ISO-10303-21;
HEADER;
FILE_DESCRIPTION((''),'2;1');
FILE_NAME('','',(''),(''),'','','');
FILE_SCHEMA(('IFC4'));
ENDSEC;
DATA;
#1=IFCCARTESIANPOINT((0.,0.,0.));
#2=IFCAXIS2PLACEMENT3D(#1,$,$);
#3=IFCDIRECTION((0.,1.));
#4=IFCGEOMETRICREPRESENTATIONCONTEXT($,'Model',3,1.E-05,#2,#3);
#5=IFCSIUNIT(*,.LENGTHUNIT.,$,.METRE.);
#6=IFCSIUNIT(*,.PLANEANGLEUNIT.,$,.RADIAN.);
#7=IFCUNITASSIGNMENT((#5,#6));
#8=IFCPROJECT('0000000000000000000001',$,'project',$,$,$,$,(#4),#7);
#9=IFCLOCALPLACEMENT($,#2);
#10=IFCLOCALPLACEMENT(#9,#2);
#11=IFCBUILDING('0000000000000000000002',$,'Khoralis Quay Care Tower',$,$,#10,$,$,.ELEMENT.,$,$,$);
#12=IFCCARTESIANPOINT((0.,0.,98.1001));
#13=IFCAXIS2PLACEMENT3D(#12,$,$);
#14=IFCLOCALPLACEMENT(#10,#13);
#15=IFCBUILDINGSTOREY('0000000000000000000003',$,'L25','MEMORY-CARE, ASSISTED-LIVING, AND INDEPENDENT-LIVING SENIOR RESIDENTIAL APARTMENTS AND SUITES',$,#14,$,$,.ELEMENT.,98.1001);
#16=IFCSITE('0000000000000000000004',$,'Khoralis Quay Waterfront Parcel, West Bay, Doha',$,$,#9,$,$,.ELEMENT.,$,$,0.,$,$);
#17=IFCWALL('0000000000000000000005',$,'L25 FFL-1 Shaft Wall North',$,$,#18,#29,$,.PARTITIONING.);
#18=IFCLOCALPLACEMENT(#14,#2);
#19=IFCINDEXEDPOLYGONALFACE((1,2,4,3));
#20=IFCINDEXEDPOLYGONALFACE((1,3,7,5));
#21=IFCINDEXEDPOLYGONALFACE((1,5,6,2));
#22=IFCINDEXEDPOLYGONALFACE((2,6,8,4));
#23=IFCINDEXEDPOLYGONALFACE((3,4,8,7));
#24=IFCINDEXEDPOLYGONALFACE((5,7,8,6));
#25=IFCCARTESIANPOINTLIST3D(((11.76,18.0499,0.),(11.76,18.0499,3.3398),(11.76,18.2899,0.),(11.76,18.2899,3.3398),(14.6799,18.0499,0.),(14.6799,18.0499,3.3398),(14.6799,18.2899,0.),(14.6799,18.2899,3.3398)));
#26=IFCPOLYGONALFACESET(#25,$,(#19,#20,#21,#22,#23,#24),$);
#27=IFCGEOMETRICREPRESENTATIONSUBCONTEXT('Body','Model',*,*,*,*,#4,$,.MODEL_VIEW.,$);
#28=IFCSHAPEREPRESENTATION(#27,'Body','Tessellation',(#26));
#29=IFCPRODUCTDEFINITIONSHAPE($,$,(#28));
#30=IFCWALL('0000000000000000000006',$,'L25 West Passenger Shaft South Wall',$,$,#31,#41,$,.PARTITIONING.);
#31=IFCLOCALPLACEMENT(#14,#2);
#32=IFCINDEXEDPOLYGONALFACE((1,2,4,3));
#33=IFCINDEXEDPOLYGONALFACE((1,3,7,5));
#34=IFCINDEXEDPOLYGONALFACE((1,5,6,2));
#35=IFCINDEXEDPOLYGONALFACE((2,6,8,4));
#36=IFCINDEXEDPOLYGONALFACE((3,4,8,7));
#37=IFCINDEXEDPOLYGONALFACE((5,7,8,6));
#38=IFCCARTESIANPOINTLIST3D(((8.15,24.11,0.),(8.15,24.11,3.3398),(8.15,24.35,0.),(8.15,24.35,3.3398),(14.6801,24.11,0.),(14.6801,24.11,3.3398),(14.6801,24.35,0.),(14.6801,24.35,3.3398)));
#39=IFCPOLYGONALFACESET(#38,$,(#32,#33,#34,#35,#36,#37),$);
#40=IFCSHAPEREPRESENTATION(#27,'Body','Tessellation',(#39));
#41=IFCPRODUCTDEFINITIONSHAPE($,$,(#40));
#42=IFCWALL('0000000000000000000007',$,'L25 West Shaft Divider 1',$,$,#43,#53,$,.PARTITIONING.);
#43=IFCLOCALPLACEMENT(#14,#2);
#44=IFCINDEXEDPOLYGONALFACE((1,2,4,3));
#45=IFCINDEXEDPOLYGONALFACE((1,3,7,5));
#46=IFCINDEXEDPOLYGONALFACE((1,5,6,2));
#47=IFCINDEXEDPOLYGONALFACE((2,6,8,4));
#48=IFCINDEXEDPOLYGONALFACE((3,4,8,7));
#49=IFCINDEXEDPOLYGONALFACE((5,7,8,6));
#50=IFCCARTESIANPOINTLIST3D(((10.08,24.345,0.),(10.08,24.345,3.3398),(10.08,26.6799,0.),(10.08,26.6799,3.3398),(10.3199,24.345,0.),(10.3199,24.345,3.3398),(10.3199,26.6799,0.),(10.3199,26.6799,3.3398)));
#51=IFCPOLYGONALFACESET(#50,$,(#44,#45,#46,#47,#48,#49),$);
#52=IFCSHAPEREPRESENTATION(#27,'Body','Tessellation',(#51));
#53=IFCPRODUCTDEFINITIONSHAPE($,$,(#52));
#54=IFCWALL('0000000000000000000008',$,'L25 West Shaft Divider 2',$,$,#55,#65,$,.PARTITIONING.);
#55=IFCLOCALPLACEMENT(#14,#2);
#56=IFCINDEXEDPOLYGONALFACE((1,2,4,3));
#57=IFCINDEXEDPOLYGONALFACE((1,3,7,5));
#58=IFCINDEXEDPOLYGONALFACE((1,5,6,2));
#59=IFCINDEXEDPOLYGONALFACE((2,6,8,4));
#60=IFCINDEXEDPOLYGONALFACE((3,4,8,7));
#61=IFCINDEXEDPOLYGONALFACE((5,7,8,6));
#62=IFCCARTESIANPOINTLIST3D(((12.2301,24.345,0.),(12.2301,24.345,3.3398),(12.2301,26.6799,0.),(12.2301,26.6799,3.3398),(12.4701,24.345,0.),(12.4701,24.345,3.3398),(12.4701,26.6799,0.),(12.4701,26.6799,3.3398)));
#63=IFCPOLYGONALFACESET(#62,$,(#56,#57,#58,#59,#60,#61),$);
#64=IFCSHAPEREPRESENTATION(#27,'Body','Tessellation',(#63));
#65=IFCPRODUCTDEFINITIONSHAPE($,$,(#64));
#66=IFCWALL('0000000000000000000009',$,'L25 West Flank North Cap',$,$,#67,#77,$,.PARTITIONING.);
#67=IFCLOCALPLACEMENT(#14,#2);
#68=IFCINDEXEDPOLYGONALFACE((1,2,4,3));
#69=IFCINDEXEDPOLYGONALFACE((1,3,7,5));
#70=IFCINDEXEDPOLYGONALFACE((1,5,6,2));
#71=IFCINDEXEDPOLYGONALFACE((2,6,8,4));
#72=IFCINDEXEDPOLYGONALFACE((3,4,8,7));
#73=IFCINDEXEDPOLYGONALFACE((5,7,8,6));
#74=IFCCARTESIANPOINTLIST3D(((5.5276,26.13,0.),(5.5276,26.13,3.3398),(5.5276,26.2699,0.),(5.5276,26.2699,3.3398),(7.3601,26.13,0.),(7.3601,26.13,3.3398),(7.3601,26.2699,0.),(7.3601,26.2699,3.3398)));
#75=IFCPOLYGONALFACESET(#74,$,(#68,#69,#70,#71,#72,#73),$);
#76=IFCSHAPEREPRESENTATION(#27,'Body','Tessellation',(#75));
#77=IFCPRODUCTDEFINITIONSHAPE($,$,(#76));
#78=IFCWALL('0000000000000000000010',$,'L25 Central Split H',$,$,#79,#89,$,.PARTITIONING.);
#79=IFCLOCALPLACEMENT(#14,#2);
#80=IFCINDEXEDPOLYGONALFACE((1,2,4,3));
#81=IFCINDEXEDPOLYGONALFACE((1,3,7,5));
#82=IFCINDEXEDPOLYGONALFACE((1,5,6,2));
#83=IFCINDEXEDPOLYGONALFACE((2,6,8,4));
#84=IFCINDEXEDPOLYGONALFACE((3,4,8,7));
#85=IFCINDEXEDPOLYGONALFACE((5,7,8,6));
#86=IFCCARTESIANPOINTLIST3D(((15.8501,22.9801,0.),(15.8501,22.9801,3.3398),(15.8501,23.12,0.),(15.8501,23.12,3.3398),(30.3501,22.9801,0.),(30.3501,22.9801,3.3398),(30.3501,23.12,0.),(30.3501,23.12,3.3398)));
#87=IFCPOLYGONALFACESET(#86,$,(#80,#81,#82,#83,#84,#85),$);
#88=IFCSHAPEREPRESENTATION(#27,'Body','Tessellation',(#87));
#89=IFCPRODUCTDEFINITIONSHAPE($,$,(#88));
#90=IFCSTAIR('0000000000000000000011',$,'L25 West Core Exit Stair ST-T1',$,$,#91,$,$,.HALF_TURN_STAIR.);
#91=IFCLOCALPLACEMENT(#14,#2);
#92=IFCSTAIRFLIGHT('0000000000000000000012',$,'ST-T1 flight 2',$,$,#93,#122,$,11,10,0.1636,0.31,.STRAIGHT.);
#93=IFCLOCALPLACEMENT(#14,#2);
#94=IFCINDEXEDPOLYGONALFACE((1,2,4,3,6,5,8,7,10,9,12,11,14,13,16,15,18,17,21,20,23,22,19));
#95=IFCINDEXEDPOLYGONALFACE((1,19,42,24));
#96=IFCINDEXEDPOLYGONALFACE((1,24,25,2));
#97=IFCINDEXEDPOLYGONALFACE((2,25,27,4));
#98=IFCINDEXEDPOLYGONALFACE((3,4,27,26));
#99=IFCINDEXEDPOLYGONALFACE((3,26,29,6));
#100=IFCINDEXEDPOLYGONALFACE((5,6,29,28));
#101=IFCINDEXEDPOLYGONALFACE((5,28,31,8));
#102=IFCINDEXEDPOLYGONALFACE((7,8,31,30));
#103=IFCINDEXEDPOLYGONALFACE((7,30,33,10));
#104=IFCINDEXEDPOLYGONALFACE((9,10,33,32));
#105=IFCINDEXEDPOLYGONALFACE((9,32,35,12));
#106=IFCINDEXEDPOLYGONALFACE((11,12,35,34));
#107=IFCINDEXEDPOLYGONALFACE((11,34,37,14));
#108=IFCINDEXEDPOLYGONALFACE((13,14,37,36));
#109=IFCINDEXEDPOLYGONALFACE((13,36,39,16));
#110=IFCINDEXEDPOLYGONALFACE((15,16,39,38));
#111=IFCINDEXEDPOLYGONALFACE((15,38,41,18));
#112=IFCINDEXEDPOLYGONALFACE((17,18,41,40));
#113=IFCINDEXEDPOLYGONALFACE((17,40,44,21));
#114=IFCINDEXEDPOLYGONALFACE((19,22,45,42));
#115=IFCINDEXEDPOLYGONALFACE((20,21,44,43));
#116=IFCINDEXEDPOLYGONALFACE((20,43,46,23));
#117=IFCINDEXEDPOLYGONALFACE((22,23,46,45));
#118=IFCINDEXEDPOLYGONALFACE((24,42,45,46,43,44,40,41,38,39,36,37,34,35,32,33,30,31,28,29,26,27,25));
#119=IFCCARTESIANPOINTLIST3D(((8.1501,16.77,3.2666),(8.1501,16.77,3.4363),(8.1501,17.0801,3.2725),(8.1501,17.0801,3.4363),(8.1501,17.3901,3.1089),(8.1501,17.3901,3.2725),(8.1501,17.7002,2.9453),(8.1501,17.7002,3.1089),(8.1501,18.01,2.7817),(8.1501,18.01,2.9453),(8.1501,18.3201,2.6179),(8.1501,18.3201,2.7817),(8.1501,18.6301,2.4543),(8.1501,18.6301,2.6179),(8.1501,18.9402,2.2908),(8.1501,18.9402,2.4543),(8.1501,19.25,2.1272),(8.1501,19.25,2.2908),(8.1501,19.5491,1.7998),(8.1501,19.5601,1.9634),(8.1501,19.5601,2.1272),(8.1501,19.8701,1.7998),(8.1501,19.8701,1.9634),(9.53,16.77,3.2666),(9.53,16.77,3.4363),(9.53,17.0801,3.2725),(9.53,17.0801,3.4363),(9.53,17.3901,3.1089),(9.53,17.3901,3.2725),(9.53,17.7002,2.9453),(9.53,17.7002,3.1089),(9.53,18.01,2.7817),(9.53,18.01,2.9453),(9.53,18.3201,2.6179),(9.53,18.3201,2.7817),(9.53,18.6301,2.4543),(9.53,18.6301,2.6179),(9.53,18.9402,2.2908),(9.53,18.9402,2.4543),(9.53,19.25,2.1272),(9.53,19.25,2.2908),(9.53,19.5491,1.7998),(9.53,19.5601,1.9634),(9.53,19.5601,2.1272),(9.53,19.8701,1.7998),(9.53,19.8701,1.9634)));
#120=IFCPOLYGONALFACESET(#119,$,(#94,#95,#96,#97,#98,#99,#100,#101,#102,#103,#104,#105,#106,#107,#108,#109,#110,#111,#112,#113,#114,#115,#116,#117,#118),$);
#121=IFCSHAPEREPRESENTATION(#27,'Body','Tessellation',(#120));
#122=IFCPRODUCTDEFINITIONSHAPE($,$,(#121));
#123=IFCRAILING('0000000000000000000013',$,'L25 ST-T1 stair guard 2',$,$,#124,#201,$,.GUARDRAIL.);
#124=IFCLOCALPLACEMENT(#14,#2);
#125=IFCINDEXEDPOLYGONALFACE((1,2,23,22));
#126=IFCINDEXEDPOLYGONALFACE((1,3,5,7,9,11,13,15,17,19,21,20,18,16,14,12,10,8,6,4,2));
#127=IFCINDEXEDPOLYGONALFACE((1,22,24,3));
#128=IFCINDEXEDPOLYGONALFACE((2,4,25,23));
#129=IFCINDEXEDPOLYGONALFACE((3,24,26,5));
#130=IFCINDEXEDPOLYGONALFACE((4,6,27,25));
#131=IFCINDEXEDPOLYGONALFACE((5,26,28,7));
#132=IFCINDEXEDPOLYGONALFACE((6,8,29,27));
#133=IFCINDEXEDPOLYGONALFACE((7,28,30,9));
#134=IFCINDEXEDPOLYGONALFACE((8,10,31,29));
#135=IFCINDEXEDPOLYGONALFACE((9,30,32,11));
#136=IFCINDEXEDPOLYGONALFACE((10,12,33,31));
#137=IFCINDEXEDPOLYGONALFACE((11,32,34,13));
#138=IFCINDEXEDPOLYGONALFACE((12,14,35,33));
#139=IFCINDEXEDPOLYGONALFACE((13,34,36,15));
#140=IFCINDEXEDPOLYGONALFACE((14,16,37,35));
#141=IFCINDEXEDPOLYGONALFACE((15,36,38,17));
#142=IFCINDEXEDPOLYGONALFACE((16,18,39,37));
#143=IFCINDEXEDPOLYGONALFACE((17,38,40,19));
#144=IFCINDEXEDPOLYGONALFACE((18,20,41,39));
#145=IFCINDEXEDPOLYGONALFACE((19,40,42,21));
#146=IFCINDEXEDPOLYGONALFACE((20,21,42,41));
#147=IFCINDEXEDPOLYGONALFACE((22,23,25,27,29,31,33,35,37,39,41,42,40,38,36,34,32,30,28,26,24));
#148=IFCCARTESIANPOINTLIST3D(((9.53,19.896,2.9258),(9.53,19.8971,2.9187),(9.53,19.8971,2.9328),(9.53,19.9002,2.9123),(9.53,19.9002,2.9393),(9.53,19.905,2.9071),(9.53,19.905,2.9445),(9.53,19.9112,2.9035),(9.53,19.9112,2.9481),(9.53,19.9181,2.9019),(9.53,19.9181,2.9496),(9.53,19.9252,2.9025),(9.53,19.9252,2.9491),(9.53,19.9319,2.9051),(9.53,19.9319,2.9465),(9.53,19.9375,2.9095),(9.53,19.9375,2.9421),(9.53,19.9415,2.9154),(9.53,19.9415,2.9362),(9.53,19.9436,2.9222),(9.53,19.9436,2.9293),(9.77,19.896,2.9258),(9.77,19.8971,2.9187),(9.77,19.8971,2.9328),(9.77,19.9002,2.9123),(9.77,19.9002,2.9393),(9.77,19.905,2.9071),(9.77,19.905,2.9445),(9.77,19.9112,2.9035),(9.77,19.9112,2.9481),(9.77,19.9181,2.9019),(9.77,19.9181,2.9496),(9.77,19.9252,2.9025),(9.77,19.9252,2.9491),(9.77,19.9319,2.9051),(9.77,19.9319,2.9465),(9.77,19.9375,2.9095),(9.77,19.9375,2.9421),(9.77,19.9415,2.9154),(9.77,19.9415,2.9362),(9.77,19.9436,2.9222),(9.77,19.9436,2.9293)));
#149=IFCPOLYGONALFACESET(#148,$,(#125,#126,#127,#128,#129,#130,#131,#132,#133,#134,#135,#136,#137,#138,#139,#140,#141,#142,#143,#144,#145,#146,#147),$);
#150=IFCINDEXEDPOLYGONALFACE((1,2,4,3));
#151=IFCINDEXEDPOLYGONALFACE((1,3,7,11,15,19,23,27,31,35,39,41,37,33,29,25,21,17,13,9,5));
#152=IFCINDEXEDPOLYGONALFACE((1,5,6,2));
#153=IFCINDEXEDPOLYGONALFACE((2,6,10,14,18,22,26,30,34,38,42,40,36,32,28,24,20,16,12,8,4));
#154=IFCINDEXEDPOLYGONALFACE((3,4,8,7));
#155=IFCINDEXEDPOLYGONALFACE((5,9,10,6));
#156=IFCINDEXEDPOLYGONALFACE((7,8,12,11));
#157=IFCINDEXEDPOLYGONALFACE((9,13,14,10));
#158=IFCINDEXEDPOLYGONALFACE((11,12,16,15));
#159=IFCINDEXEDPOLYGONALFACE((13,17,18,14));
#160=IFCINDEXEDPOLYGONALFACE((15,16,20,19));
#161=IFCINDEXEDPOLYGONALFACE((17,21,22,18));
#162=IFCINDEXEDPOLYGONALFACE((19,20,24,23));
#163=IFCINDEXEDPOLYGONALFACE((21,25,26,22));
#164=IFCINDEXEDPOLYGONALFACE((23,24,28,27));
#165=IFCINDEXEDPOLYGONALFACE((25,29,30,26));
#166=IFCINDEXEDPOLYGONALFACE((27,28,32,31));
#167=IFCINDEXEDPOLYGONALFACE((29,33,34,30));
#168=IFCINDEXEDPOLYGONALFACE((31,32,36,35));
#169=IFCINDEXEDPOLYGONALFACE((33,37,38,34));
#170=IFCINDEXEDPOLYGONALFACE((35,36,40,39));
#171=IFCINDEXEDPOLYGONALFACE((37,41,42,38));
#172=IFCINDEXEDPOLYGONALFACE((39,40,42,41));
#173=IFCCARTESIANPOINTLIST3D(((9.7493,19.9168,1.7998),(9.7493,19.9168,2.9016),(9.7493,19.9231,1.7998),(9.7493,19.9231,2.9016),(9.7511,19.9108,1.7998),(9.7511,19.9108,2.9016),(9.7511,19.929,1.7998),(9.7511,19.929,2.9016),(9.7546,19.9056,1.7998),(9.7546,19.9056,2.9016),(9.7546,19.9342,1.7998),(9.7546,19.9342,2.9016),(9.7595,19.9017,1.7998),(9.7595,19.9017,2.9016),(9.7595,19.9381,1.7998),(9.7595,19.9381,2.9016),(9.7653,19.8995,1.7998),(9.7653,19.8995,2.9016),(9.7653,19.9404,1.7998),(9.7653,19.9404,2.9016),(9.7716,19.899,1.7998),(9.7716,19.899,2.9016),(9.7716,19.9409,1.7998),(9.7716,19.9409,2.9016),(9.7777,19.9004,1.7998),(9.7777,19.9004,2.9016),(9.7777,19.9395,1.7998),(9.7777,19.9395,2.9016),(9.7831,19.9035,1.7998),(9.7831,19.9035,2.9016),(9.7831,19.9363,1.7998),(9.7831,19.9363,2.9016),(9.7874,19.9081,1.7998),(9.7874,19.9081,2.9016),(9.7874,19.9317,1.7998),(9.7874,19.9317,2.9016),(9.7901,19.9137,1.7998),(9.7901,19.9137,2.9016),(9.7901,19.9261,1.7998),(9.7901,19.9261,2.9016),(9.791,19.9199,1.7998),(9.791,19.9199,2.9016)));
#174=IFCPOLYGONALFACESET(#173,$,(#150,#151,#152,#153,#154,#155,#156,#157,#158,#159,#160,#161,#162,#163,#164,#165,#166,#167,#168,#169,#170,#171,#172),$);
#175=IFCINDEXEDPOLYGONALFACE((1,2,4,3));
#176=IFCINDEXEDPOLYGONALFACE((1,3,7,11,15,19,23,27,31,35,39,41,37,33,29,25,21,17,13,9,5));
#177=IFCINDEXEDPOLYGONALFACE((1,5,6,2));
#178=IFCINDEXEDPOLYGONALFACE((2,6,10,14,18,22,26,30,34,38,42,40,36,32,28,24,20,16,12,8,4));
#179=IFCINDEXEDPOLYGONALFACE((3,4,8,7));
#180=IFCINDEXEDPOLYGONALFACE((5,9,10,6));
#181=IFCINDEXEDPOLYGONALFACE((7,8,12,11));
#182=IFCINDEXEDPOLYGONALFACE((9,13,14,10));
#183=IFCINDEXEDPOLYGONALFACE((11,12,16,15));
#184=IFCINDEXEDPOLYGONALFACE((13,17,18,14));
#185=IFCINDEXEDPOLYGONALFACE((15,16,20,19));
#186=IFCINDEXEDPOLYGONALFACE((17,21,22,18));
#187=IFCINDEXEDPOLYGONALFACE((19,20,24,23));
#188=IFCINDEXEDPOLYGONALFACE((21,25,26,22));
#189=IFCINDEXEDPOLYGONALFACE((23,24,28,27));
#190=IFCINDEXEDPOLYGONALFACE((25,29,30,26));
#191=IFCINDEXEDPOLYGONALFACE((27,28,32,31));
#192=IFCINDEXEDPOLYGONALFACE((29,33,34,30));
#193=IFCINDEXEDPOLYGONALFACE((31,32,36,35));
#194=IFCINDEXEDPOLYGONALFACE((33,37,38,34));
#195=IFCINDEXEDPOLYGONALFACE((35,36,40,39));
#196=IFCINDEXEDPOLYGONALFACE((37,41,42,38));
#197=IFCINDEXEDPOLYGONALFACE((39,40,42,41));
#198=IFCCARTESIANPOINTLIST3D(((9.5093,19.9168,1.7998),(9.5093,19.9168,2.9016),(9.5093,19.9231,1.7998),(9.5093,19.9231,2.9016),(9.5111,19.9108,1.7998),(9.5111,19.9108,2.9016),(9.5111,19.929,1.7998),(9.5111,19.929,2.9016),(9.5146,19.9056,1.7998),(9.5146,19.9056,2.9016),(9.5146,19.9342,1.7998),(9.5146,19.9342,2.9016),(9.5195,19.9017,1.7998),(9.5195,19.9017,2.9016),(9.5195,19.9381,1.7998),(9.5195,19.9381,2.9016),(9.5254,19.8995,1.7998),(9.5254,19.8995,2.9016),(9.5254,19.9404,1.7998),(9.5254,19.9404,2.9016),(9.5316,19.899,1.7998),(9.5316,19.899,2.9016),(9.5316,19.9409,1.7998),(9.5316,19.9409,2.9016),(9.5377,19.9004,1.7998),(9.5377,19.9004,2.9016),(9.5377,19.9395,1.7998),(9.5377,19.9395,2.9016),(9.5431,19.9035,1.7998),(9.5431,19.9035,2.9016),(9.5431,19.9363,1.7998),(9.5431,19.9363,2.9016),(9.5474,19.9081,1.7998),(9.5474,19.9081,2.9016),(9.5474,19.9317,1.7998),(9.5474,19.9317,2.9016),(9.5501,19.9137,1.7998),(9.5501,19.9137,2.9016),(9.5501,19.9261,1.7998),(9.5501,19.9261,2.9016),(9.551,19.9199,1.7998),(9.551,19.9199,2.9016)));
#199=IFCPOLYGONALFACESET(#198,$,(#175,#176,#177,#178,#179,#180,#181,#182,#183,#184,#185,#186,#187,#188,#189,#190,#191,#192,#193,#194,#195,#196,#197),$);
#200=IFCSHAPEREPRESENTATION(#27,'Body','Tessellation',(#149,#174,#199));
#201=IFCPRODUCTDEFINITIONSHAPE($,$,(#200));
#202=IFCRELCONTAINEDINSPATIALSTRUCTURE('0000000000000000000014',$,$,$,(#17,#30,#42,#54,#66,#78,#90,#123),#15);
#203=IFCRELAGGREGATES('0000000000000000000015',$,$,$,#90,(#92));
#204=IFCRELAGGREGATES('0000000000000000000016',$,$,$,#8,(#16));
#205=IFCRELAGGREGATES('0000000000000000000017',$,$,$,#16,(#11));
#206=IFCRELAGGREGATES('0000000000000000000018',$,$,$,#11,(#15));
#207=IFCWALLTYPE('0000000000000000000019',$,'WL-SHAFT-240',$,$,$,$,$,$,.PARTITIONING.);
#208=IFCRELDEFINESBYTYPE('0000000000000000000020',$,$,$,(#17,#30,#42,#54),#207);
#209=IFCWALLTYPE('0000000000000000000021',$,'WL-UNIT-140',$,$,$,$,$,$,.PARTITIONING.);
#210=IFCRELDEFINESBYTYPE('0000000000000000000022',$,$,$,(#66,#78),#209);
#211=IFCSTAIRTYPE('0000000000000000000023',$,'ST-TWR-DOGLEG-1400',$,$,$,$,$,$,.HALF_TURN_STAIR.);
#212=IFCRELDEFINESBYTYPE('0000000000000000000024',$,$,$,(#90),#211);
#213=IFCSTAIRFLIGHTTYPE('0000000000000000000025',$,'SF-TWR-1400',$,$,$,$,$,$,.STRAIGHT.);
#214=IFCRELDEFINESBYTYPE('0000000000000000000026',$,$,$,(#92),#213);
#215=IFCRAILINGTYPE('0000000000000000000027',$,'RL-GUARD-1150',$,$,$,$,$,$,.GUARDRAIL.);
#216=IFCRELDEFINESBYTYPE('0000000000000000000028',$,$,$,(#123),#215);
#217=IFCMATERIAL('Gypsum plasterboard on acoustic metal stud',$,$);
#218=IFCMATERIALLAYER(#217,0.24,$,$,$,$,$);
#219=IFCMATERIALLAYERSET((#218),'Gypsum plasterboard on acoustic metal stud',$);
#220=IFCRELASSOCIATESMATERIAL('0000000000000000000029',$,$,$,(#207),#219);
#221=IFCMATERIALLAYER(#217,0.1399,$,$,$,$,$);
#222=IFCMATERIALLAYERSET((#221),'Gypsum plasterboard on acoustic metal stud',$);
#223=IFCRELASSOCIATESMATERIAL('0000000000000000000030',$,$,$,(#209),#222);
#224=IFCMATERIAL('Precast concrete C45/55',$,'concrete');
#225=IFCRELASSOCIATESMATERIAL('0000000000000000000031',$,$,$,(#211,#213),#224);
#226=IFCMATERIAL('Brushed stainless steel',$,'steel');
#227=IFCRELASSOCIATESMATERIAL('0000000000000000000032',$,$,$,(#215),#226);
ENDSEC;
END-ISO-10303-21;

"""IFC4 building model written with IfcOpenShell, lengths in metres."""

from ifc_helpers import new_model, si_unit, direction, frame, frame_2d, origin, origin_2d, place, context, subcontext, project, spatial, polyline, rectangle, circle, outline, extrude, source, transform, mapped, material, layer, layer_set, type_object, element, aggregate, save


model = new_model("IFC4")

# Units and contexts
model_context = context("Model", 3, precision=1e-05, world=origin(), true_north=direction((0.0, 1.0)))
body_context = subcontext(model_context, "Body", "Model", "MODEL_VIEW")
ifc_project = project(units=[si_unit("LENGTHUNIT", "METRE"), si_unit("PLANEANGLEUNIT", "RADIAN")], contexts=[model_context])

# Site, building, storey
site_placement = place(None, origin())
site = spatial("IfcSite", under=ifc_project, at=site_placement, Name="Khoralis Quay Waterfront Parcel, West Bay, Doha", CompositionType="ELEMENT", RefElevation=0.0)
building_placement = place(site_placement, origin())
building = spatial("IfcBuilding", under=site, at=building_placement, Name="Khoralis Quay Care Tower", CompositionType="ELEMENT")
storey_placement = place(building_placement, frame((0.0, 0.0, 98.1001)))
storey = spatial("IfcBuildingStorey", under=building, at=storey_placement, Name="L25", Description="MEMORY-CARE, ASSISTED-LIVING, AND INDEPENDENT-LIVING SENIOR RESIDENTIAL APARTMENTS AND SUITES", CompositionType="ELEMENT", Elevation=98.1001)

# Shared definitions
ifc_material_1 = material(Name="Brushed stainless steel", Category="steel")

# Shared definitions
ifc_material_2 = material(Name="Gypsum plasterboard on acoustic metal stud")

# Walls
ifc_layer_1 = layer(ifc_material_2, 0.24)
ifc_layer_set_1 = layer_set([ifc_layer_1], Name="Gypsum plasterboard on acoustic metal stud")
wall_type_1 = type_object("IfcWallType", Name="WL-SHAFT-240", PredefinedType="PARTITIONING", material=ifc_layer_set_1)
wall_1_placement = place(storey_placement, frame((11.76, 18.1699, 0.0), z_axis=(0.0, 0.0, 1.0), x_axis=(1.0, 0.0, 0.0)))
element("IfcWall", 1, at=wall_1_placement, inside=storey, type_object=wall_type_1, Name="L25 FFL-1 Shaft Wall North", PredefinedType="PARTITIONING", context=body_context, shape_type="SweptSolid", body=[
    extrude(rectangle(XDim=2.9199, YDim=0.24, at=frame_2d((1.46, 0.0))), origin(), (0.0, 0.0, 1.0), 3.3398),
])
wall_2_placement = place(storey_placement, frame((8.1499, 24.23, 0.0), z_axis=(0.0, 0.0, 1.0), x_axis=(1.0, 0.0, 0.0)))
element("IfcWall", 2, at=wall_2_placement, inside=storey, type_object=wall_type_1, Name="L25 West Passenger Shaft South Wall", PredefinedType="PARTITIONING", context=body_context, shape_type="SweptSolid", body=[
    extrude(rectangle(XDim=6.53, YDim=0.24, at=frame_2d((3.2651, 0.0))), origin(), (0.0, 0.0, 1.0), 3.3398),
])
for number, where, z_axis, x_axis, name in (
    (3, (10.2, 24.345, 0.0), (0.0, 0.0, 1.0), (0.0, 1.0, 0.0), "L25 West Shaft Divider 1"),
    (4, (12.3501, 24.345, 0.0), (0.0, 0.0, 1.0), (0.0, 1.0, 0.0), "L25 West Shaft Divider 2"),
):
    element("IfcWall", number, at=place(storey_placement, frame(where, z_axis=z_axis, x_axis=x_axis)), inside=storey, type_object=wall_type_1, Name=name, PredefinedType="PARTITIONING", context=body_context, shape_type="SweptSolid", body=[
        extrude(rectangle(XDim=2.335, YDim=0.24, at=frame_2d((1.1675, 0.0))), origin(), (0.0, 0.0, 1.0), 3.3398),
    ])
ifc_layer_2 = layer(ifc_material_2, 0.1399)
ifc_layer_set_2 = layer_set([ifc_layer_2], Name="Gypsum plasterboard on acoustic metal stud")
wall_type_2 = type_object("IfcWallType", Name="WL-UNIT-140", PredefinedType="PARTITIONING", material=ifc_layer_set_2)
wall_3_placement = place(storey_placement, frame((5.5276, 26.2, 0.0), z_axis=(0.0, 0.0, 1.0), x_axis=(1.0, 0.0, 0.0)))
element("IfcWall", 5, at=wall_3_placement, inside=storey, type_object=wall_type_2, Name="L25 West Flank North Cap", PredefinedType="PARTITIONING", context=body_context, shape_type="SweptSolid", body=[
    extrude(rectangle(XDim=1.8325, YDim=0.1399, at=frame_2d((0.9163, 0.0))), origin(), (0.0, 0.0, 1.0), 3.3398),
])
wall_4_placement = place(storey_placement, frame((15.8501, 23.05, 0.0), z_axis=(0.0, 0.0, 1.0), x_axis=(1.0, 0.0, 0.0)))
element("IfcWall", 6, at=wall_4_placement, inside=storey, type_object=wall_type_2, Name="L25 Central Split H", PredefinedType="PARTITIONING", context=body_context, shape_type="SweptSolid", body=[
    extrude(rectangle(XDim=14.5, YDim=0.1399, at=frame_2d((7.25, 0.0))), origin(), (0.0, 0.0, 1.0), 3.3398),
])

# Stair, stair flight
ifc_material_3 = material(Name="Precast concrete C45/55", Category="concrete")
stair_type = type_object("IfcStairType", Name="ST-TWR-DOGLEG-1400", PredefinedType="HALF_TURN_STAIR", material=ifc_material_3)
stair_placement = place(storey_placement, origin())
stair = element("IfcStair", 7, at=stair_placement, inside=storey, type_object=stair_type, Name="L25 West Core Exit Stair ST-T1", PredefinedType="HALF_TURN_STAIR")
stair_flight_type = type_object("IfcStairFlightType", Name="SF-TWR-1400", PredefinedType="STRAIGHT", material=ifc_material_3)
shared_shape_1 = source(origin(), body_context, "Body", "SweptSolid", [
    extrude(outline(polyline([(0.0, 0.0), (0.0, 0.1636), (0.3101, 0.1636), (0.3101, 0.3274), (0.6201, 0.3274), (0.6201, 0.491), (0.9299, 0.491), (0.9299, 0.6545), (1.24, 0.6545), (1.24, 0.8181), (1.55, 0.8181), (1.55, 0.9819), (1.8601, 0.9819), (1.8601, 1.1455), (2.1699, 1.1455), (2.1699, 1.3091), (2.48, 1.3091), (2.48, 1.4727), (2.79, 1.4727), (2.79, 1.6365), (3.1001, 1.6365), (3.1001, 1.8), (3.1001, 1.4668), (0.321, 0.0), (0.0, 0.0)])), frame((0.0, 0.6899, 0.0), z_axis=(0.0, -1.0, 0.0), x_axis=(1.0, 0.0, 0.0)), (0.0, 0.0, 1.0), 1.3799),
])
stair_flight_placement = place(storey_placement, frame((8.8401, 19.8701, 1.7998), z_axis=(0.0, 0.0, 1.0), x_axis=(0.0, -1.0, 0.0)))
stair_flight = element("IfcStairFlight", 8, at=stair_flight_placement, type_object=stair_flight_type, Name="ST-T1 flight 2", NumberOfRisers=11, NumberOfTreads=10, PredefinedType="STRAIGHT", RiserHeight=0.1636, TreadLength=0.31, context=body_context, shape_type="MappedRepresentation", body=[
    mapped(shared_shape_1, transform((0.0, 0.0, 0.0), scale=1.0)),
])
aggregate(stair, [stair_flight])

# Railing
railing_type_1 = type_object("IfcRailingType", Name="RL-GUARD-1150", PredefinedType="GUARDRAIL", material=ifc_material_1)
railing_1_placement = place(storey_placement, frame((9.77, 19.9199, 1.7998)))
element("IfcRailing", 9, at=railing_1_placement, inside=storey, type_object=railing_type_1, Name="L25 ST-T1 stair guard 2", PredefinedType="GUARDRAIL", context=body_context, shape_type="SweptSolid", body=[
    extrude(circle(Radius=0.0239, at=origin_2d()), frame((0.0, 0.0, 1.126), z_axis=(-1.0, 0.0, 0.0), x_axis=(0.0, -1.0, 0.0)), (0.0, 0.0, 1.0), 0.24),
    extrude(circle(Radius=0.021, at=origin_2d()), origin(), (0.0, 0.0, 1.0), 1.1018),
    extrude(circle(Radius=0.021, at=origin_2d()), frame((-0.24, 0.0, 0.0)), (0.0, 0.0, 1.0), 1.1018),
])

save(model, "model.ifc")
